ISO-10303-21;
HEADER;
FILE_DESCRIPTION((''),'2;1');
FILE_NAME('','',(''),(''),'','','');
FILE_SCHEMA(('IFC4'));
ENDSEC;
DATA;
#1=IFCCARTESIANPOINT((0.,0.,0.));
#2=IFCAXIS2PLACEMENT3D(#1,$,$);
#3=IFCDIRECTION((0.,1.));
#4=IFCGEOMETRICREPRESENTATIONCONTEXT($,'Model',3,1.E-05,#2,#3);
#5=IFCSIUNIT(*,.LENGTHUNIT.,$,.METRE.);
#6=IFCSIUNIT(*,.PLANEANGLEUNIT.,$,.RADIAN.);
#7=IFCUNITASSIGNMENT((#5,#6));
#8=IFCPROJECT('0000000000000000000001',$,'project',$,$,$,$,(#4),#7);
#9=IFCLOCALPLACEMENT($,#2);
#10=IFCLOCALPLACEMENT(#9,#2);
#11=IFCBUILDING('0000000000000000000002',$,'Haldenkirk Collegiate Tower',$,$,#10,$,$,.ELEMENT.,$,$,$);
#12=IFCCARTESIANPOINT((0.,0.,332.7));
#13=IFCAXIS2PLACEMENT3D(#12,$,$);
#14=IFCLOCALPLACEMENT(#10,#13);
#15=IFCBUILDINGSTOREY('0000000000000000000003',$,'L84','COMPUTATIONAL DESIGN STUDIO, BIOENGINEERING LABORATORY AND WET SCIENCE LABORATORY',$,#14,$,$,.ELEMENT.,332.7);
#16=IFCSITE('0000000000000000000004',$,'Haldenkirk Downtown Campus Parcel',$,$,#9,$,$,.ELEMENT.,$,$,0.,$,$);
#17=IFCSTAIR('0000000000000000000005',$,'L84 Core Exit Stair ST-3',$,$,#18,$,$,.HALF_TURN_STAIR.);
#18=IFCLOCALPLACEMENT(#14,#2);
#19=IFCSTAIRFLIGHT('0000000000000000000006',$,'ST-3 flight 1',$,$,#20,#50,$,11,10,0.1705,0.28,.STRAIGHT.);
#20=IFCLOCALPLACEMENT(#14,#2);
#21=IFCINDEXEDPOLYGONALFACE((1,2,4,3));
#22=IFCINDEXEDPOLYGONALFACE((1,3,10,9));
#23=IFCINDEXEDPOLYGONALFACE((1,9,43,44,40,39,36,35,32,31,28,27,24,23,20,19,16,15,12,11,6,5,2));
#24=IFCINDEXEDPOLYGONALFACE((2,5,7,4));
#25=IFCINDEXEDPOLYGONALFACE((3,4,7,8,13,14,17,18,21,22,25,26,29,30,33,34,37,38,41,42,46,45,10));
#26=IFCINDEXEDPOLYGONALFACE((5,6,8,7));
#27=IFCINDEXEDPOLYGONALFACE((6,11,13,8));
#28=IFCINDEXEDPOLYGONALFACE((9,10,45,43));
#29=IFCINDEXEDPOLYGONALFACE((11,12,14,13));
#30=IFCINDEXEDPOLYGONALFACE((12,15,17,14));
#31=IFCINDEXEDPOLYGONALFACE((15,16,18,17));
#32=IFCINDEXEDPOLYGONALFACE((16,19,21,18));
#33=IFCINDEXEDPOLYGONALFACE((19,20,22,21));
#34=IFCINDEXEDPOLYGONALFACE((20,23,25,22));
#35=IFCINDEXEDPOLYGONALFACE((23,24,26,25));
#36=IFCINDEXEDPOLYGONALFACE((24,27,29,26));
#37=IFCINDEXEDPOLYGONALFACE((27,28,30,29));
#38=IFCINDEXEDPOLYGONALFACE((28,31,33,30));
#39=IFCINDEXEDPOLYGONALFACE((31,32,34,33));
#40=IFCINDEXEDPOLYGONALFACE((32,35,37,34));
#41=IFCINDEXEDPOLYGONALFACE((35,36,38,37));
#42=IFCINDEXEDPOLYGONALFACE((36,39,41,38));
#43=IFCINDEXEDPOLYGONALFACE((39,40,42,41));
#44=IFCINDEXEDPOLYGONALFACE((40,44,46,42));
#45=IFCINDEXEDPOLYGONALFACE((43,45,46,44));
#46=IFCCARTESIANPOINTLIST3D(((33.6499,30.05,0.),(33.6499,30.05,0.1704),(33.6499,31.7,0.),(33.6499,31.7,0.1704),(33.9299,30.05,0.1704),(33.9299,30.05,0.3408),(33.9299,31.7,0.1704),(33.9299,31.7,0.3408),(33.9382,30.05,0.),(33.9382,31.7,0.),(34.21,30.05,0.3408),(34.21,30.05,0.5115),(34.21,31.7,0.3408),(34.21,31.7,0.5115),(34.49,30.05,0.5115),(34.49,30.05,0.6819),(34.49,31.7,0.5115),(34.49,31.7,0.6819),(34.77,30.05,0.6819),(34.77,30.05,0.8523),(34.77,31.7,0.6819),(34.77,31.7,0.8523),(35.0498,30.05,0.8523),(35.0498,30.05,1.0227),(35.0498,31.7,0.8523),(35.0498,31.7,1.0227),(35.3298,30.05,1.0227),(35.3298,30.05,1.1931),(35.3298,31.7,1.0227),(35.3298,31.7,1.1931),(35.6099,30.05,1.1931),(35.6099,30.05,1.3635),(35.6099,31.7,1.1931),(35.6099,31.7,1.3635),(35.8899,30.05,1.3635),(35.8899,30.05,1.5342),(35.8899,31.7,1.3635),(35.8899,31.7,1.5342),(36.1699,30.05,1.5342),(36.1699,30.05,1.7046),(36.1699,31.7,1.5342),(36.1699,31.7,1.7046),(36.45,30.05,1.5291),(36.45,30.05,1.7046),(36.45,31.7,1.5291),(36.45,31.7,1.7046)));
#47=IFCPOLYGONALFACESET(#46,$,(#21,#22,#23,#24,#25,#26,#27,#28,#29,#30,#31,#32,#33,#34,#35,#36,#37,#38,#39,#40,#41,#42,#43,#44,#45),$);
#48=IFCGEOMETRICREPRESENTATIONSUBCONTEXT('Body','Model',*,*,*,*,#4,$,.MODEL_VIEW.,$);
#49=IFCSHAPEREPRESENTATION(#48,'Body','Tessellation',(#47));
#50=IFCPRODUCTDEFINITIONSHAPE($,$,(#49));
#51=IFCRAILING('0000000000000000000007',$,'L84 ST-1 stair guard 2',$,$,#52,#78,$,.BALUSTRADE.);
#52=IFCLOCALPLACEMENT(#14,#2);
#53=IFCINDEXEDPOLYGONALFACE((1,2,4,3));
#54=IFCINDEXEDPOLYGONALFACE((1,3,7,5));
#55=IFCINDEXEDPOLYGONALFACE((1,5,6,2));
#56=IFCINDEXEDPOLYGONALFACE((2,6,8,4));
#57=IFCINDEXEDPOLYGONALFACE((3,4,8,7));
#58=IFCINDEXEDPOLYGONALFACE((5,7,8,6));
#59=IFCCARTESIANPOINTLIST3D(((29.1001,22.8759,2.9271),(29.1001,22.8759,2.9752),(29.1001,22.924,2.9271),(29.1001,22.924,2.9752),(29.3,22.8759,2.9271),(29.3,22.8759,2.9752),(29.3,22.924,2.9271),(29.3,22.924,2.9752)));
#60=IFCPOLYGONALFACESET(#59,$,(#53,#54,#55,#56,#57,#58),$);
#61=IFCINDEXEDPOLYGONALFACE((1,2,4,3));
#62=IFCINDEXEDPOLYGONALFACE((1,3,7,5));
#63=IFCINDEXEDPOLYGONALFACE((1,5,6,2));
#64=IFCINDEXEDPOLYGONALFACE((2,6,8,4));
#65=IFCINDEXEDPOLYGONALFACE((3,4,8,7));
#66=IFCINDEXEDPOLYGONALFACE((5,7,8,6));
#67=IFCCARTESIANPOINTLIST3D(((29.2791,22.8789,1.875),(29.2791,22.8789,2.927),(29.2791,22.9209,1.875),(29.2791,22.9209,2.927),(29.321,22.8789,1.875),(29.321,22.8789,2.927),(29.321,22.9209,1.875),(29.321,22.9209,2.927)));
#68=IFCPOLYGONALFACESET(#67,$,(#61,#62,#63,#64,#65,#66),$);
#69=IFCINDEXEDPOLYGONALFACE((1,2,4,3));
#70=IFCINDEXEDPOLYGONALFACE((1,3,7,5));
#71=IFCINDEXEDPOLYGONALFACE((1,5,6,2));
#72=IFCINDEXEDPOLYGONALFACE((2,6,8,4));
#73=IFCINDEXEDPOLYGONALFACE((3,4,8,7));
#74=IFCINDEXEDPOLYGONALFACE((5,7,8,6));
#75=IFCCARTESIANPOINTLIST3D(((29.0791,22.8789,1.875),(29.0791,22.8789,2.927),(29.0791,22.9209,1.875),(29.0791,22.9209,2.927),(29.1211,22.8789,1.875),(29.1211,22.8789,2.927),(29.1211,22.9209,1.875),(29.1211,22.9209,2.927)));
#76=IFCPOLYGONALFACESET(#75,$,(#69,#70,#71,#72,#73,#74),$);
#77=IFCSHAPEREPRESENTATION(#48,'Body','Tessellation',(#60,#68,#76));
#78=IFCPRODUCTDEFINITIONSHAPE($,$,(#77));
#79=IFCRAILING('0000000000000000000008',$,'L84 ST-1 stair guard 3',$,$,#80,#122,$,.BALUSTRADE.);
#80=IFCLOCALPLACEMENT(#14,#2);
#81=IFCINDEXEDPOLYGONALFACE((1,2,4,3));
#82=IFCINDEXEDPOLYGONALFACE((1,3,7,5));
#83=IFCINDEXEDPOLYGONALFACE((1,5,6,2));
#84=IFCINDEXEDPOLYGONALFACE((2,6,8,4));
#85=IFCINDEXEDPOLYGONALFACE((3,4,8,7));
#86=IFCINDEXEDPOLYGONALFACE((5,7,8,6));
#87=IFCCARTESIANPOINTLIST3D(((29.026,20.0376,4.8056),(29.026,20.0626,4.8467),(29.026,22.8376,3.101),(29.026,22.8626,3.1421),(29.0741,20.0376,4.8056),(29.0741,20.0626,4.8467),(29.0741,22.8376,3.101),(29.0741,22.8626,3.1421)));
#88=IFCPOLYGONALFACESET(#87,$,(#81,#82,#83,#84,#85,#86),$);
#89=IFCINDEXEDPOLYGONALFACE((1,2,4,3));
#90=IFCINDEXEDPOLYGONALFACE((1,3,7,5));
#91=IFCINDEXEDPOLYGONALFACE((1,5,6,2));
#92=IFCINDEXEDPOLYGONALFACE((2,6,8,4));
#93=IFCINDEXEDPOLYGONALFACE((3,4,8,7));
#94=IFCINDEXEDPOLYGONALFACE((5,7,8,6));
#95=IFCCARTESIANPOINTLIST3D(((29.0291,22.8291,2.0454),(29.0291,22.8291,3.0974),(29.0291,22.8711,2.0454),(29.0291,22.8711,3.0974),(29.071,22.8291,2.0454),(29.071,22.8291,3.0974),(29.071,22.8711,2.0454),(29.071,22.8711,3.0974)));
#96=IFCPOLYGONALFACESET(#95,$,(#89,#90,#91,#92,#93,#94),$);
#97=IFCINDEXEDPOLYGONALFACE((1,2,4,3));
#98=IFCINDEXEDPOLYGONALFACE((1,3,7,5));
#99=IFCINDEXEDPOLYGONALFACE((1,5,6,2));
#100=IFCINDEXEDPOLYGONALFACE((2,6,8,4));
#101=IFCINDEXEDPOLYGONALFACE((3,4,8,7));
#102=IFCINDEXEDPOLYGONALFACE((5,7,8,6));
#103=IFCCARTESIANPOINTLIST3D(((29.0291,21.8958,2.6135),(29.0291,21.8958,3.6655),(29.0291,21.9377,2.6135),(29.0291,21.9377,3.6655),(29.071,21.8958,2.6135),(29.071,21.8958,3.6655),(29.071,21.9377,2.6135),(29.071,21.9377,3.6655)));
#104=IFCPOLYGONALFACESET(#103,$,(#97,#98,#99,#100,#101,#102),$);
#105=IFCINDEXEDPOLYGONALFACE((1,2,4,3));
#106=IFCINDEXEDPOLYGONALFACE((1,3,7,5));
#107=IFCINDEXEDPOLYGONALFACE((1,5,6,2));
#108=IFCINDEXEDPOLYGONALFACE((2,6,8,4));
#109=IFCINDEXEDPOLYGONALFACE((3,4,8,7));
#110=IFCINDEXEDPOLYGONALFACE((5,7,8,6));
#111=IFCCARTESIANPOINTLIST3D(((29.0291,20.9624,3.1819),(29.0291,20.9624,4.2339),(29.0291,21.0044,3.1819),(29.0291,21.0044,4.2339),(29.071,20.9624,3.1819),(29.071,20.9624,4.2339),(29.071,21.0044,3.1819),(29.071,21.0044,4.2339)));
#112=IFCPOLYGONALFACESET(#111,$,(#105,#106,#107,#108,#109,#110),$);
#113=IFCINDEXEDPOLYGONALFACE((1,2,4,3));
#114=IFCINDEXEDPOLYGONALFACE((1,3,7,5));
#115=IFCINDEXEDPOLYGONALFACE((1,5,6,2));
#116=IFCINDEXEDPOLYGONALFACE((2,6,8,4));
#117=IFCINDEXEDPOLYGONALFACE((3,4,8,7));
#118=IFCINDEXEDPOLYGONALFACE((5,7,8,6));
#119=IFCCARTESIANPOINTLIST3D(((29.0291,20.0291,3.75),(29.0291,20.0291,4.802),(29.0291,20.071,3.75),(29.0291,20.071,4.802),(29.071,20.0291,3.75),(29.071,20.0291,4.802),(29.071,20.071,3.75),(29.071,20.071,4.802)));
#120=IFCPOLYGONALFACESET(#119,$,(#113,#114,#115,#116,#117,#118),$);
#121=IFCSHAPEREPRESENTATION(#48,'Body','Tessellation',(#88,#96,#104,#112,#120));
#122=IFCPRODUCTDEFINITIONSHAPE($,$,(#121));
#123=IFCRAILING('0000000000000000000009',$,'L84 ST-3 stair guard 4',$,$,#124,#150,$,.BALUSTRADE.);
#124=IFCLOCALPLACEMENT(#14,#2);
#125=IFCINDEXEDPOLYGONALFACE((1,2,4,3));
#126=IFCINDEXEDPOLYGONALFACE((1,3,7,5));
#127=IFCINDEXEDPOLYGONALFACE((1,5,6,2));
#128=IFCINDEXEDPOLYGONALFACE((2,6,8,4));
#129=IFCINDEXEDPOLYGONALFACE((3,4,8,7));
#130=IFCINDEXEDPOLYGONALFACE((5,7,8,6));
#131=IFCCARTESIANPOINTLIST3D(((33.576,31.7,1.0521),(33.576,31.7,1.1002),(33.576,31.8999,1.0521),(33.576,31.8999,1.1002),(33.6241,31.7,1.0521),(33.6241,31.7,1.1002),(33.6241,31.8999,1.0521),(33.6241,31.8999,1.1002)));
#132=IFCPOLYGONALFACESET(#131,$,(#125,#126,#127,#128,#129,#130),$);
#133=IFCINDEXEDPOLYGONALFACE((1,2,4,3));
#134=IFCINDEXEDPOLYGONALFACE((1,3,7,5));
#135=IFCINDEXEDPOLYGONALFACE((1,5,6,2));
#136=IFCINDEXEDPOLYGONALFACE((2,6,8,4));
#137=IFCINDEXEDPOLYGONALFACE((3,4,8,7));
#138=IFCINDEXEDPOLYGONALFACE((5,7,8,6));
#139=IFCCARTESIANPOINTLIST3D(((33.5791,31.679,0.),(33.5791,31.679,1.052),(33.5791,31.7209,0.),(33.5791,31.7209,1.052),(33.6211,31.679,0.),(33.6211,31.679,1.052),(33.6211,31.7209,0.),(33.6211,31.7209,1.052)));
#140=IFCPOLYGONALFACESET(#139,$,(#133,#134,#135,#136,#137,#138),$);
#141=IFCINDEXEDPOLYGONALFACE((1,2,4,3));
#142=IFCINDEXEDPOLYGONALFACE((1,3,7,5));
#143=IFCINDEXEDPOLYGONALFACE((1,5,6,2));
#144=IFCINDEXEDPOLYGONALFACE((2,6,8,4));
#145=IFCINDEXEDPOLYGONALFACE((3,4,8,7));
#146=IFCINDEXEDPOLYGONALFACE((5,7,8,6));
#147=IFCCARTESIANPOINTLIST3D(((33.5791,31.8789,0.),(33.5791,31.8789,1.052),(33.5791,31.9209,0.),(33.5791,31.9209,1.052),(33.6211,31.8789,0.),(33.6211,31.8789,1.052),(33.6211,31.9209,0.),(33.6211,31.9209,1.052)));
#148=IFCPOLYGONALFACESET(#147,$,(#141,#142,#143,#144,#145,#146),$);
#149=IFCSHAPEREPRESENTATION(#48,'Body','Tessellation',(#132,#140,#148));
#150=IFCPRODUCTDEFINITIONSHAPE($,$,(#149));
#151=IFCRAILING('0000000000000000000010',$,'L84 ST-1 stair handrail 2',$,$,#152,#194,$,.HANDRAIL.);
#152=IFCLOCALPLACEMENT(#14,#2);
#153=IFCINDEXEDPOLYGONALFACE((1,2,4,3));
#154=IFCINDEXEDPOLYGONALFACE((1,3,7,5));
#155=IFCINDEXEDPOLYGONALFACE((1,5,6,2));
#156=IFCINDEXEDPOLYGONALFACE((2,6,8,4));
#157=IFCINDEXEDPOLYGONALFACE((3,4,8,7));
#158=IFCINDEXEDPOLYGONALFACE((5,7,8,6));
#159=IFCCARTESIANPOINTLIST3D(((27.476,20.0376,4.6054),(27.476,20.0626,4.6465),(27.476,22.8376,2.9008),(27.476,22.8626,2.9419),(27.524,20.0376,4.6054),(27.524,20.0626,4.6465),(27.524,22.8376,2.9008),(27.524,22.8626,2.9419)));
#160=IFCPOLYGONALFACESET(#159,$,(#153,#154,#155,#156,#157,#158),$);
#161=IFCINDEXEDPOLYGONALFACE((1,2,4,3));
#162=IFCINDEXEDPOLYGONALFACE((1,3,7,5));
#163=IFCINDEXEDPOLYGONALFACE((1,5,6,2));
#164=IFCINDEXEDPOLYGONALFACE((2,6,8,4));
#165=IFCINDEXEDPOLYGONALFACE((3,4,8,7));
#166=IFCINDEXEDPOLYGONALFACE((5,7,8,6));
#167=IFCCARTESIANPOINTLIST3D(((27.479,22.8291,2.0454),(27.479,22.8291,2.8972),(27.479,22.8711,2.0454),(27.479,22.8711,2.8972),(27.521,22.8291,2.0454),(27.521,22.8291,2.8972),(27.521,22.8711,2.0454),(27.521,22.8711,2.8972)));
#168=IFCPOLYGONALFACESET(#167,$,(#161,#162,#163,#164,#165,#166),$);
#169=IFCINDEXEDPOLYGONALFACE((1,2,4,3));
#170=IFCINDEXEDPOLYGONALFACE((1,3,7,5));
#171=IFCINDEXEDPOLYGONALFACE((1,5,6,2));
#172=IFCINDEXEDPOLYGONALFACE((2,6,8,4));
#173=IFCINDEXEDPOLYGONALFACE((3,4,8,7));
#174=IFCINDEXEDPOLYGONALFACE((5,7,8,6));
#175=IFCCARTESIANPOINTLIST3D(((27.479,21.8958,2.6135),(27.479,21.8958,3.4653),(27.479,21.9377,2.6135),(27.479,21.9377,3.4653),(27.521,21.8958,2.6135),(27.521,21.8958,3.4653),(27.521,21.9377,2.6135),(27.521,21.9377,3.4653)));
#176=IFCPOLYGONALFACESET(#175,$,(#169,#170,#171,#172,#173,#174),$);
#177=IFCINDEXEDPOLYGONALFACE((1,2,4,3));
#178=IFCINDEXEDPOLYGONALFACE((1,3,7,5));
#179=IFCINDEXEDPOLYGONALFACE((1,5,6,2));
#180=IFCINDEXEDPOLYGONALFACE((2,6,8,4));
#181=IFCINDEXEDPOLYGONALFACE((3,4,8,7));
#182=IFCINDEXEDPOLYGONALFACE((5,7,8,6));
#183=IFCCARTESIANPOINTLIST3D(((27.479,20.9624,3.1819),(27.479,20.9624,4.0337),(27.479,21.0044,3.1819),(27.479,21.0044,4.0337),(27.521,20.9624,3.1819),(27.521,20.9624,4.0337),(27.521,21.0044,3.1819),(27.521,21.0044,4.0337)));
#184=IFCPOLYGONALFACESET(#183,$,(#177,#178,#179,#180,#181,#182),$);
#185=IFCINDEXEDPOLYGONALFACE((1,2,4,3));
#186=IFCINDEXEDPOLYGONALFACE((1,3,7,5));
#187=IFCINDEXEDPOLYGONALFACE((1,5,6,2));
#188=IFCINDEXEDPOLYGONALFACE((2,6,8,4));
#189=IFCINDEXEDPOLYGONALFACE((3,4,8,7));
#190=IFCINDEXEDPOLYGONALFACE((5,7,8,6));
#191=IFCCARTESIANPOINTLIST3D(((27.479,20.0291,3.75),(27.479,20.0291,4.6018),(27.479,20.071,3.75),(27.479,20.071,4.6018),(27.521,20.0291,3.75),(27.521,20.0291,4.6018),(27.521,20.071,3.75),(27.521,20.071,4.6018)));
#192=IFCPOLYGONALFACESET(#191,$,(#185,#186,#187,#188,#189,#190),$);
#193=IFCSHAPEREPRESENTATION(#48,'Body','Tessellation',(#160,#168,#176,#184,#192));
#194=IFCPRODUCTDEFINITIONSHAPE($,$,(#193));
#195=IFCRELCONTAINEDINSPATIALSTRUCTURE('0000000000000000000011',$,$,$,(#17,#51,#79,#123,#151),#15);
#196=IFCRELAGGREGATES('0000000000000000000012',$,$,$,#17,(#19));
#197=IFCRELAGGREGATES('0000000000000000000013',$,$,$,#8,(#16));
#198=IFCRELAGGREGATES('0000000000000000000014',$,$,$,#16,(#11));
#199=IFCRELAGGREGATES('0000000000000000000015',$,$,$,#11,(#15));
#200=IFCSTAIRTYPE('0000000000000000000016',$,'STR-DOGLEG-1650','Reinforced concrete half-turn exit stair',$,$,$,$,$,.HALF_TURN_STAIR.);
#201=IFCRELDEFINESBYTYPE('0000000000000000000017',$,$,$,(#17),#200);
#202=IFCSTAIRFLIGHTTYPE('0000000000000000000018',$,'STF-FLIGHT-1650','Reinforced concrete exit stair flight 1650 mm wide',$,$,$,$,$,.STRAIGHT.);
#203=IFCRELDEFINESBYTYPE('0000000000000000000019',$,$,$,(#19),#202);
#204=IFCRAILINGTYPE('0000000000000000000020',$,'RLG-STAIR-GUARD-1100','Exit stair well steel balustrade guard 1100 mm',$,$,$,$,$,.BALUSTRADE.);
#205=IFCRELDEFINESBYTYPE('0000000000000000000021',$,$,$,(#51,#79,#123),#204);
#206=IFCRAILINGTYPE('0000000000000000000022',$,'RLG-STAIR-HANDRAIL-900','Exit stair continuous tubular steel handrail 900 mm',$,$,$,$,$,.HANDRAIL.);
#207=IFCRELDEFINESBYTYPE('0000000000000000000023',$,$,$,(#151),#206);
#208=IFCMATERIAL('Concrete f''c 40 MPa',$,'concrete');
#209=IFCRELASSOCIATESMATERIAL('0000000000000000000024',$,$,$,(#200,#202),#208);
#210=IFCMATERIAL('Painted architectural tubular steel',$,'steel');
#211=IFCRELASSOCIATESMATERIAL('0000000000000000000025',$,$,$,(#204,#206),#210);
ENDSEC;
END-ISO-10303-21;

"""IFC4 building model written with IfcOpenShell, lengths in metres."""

from ifc_helpers import new_model, si_unit, direction, frame, origin, origin_2d, place, context, subcontext, project, spatial, polyline, rectangle, outline, extrude, material, type_object, element, aggregate, save


model = new_model("IFC4")

# Units and contexts
model_context = context("Model", 3, precision=1e-05, world=origin(), true_north=direction((0.0, 1.0)))
body_context = subcontext(model_context, "Body", "Model", "MODEL_VIEW")
ifc_project = project(units=[si_unit("LENGTHUNIT", "METRE"), si_unit("PLANEANGLEUNIT", "RADIAN")], contexts=[model_context])

# Site, building, storey
site_placement = place(None, origin())
site = spatial("IfcSite", under=ifc_project, at=site_placement, Name="Haldenkirk Downtown Campus Parcel", CompositionType="ELEMENT", RefElevation=0.0)
building_placement = place(site_placement, origin())
building = spatial("IfcBuilding", under=site, at=building_placement, Name="Haldenkirk Collegiate Tower", CompositionType="ELEMENT")
storey_placement = place(building_placement, frame((0.0, 0.0, 332.7)))
storey = spatial("IfcBuildingStorey", under=building, at=storey_placement, Name="L84", Description="COMPUTATIONAL DESIGN STUDIO, BIOENGINEERING LABORATORY AND WET SCIENCE LABORATORY", CompositionType="ELEMENT", Elevation=332.7)

# Stair, stair flight
ifc_material_1 = material(Name="Concrete f'c 40 MPa", Category="concrete")
stair_type = type_object("IfcStairType", Name="STR-DOGLEG-1650", Description="Reinforced concrete half-turn exit stair", PredefinedType="HALF_TURN_STAIR", material=ifc_material_1)
stair_flight_type = type_object("IfcStairFlightType", Name="STF-FLIGHT-1650", Description="Reinforced concrete exit stair flight 1650 mm wide", PredefinedType="STRAIGHT", material=ifc_material_1)
stair_1_placement = place(storey_placement, origin())
stair_1 = element("IfcStair", 1, at=stair_1_placement, inside=storey, type_object=stair_type, Name="L84 Core Exit Stair ST-3", PredefinedType="HALF_TURN_STAIR")
stair_flight_1_placement = place(storey_placement, frame((33.6499, 30.875, 0.0), z_axis=(0.0, 0.0, 1.0), x_axis=(1.0, 0.0, 0.0)))
stair_flight_1 = element("IfcStairFlight", 2, at=stair_flight_1_placement, type_object=stair_flight_type, Name="ST-3 flight 1", NumberOfRisers=11, NumberOfTreads=10, PredefinedType="STRAIGHT", RiserHeight=0.1705, TreadLength=0.28, context=body_context, shape_type="SweptSolid", body=[
    extrude(outline(polyline([(0.0, 0.0), (0.0, 0.1704), (0.28, 0.1704), (0.28, 0.3408), (0.5601, 0.3408), (0.5601, 0.5115), (0.8401, 0.5115), (0.8401, 0.6819), (1.1201, 0.6819), (1.1201, 0.8523), (1.3999, 0.8523), (1.3999, 1.0227), (1.6799, 1.0227), (1.6799, 1.1931), (1.96, 1.1931), (1.96, 1.3635), (2.24, 1.3635), (2.24, 1.5342), (2.52, 1.5342), (2.52, 1.7046), (2.8, 1.7046), (2.8, 1.875), (2.8, 1.5291), (0.2883, 0.0), (0.0, 0.0)])), frame((0.0, 0.825, 0.0), z_axis=(0.0, -1.0, 0.0), x_axis=(1.0, 0.0, 0.0)), (0.0, 0.0, 1.0), 1.6499),
])
aggregate(stair_1, [stair_flight_1])

# Railings
ifc_material_2 = material(Name="Painted architectural tubular steel", Category="steel")
railing_type_1 = type_object("IfcRailingType", Name="RLG-STAIR-GUARD-1100", Description="Exit stair well steel balustrade guard 1100 mm", PredefinedType="BALUSTRADE", material=ifc_material_2)
railing_1_placement = place(storey_placement, frame((29.3, 22.8999, 1.875)))
element("IfcRailing", 3, at=railing_1_placement, inside=storey, type_object=railing_type_1, Name="L84 ST-1 stair guard 2", PredefinedType="BALUSTRADE", context=body_context, shape_type="SweptSolid", body=[
    extrude(rectangle(XDim=0.0481, YDim=0.0481, at=origin_2d()), frame((0.0, 0.0, 1.0762), z_axis=(-1.0, 0.0, 0.0), x_axis=(0.0, -1.0, 0.0)), (0.0, 0.0, 1.0), 0.2),
    extrude(rectangle(XDim=0.042, YDim=0.042, at=origin_2d()), origin(), (0.0, 0.0, 1.0), 1.052),
    extrude(rectangle(XDim=0.042, YDim=0.042, at=origin_2d()), frame((-0.2, 0.0, 0.0)), (0.0, 0.0, 1.0), 1.052),
])
railing_2_placement = place(storey_placement, frame((29.05, 22.8501, 2.0454)))
element("IfcRailing", 4, at=railing_2_placement, inside=storey, type_object=railing_type_1, Name="L84 ST-1 stair guard 3", PredefinedType="BALUSTRADE", context=body_context, shape_type="SweptSolid", body=[
    extrude(rectangle(XDim=0.0481, YDim=0.0481, at=origin_2d()), frame((0.0, 0.0, 1.0762), z_axis=(0.0, -0.85417, 0.519994), x_axis=(1.0, 0.0, 0.0)), (0.0, 0.0, 1.0), 3.2781),
    extrude(rectangle(XDim=0.042, YDim=0.042, at=origin_2d()), origin(), (0.0, 0.0, 1.0), 1.052),
    extrude(rectangle(XDim=0.042, YDim=0.042, at=origin_2d()), frame((0.0, -0.9333, 0.5681)), (0.0, 0.0, 1.0), 1.052),
    extrude(rectangle(XDim=0.042, YDim=0.042, at=origin_2d()), frame((0.0, -1.8667, 1.1365)), (0.0, 0.0, 1.0), 1.052),
    extrude(rectangle(XDim=0.042, YDim=0.042, at=origin_2d()), frame((0.0, -2.8, 1.7046)), (0.0, 0.0, 1.0), 1.052),
])
railing_3_placement = place(storey_placement, frame((33.6001, 31.7, 0.0)))
element("IfcRailing", 5, at=railing_3_placement, inside=storey, type_object=railing_type_1, Name="L84 ST-3 stair guard 4", PredefinedType="BALUSTRADE", context=body_context, shape_type="SweptSolid", body=[
    extrude(rectangle(XDim=0.0481, YDim=0.0481, at=origin_2d()), frame((0.0, 0.0, 1.0762), z_axis=(0.0, 1.0, 0.0), x_axis=(-1.0, 0.0, 0.0)), (0.0, 0.0, 1.0), 0.2),
    extrude(rectangle(XDim=0.042, YDim=0.042, at=origin_2d()), origin(), (0.0, 0.0, 1.0), 1.052),
    extrude(rectangle(XDim=0.042, YDim=0.042, at=origin_2d()), frame((0.0, 0.2, 0.0)), (0.0, 0.0, 1.0), 1.052),
])
railing_type_2 = type_object("IfcRailingType", Name="RLG-STAIR-HANDRAIL-900", Description="Exit stair continuous tubular steel handrail 900 mm", PredefinedType="HANDRAIL", material=ifc_material_2)
railing_4_placement = place(storey_placement, frame((27.5, 22.8501, 2.0454)))
element("IfcRailing", 6, at=railing_4_placement, inside=storey, type_object=railing_type_2, Name="L84 ST-1 stair handrail 2", PredefinedType="HANDRAIL", context=body_context, shape_type="SweptSolid", body=[
    extrude(rectangle(XDim=0.0481, YDim=0.0481, at=origin_2d()), frame((0.0, 0.0, 0.876), z_axis=(0.0, -0.85417, 0.519994), x_axis=(1.0, 0.0, 0.0)), (0.0, 0.0, 1.0), 3.2781),
    extrude(rectangle(XDim=0.042, YDim=0.042, at=origin_2d()), origin(), (0.0, 0.0, 1.0), 0.8518),
    extrude(rectangle(XDim=0.042, YDim=0.042, at=origin_2d()), frame((0.0, -0.9333, 0.5681)), (0.0, 0.0, 1.0), 0.8518),
    extrude(rectangle(XDim=0.042, YDim=0.042, at=origin_2d()), frame((0.0, -1.8667, 1.1365)), (0.0, 0.0, 1.0), 0.8518),
    extrude(rectangle(XDim=0.042, YDim=0.042, at=origin_2d()), frame((0.0, -2.8, 1.7046)), (0.0, 0.0, 1.0), 0.8518),
])

save(model, "model.ifc")
